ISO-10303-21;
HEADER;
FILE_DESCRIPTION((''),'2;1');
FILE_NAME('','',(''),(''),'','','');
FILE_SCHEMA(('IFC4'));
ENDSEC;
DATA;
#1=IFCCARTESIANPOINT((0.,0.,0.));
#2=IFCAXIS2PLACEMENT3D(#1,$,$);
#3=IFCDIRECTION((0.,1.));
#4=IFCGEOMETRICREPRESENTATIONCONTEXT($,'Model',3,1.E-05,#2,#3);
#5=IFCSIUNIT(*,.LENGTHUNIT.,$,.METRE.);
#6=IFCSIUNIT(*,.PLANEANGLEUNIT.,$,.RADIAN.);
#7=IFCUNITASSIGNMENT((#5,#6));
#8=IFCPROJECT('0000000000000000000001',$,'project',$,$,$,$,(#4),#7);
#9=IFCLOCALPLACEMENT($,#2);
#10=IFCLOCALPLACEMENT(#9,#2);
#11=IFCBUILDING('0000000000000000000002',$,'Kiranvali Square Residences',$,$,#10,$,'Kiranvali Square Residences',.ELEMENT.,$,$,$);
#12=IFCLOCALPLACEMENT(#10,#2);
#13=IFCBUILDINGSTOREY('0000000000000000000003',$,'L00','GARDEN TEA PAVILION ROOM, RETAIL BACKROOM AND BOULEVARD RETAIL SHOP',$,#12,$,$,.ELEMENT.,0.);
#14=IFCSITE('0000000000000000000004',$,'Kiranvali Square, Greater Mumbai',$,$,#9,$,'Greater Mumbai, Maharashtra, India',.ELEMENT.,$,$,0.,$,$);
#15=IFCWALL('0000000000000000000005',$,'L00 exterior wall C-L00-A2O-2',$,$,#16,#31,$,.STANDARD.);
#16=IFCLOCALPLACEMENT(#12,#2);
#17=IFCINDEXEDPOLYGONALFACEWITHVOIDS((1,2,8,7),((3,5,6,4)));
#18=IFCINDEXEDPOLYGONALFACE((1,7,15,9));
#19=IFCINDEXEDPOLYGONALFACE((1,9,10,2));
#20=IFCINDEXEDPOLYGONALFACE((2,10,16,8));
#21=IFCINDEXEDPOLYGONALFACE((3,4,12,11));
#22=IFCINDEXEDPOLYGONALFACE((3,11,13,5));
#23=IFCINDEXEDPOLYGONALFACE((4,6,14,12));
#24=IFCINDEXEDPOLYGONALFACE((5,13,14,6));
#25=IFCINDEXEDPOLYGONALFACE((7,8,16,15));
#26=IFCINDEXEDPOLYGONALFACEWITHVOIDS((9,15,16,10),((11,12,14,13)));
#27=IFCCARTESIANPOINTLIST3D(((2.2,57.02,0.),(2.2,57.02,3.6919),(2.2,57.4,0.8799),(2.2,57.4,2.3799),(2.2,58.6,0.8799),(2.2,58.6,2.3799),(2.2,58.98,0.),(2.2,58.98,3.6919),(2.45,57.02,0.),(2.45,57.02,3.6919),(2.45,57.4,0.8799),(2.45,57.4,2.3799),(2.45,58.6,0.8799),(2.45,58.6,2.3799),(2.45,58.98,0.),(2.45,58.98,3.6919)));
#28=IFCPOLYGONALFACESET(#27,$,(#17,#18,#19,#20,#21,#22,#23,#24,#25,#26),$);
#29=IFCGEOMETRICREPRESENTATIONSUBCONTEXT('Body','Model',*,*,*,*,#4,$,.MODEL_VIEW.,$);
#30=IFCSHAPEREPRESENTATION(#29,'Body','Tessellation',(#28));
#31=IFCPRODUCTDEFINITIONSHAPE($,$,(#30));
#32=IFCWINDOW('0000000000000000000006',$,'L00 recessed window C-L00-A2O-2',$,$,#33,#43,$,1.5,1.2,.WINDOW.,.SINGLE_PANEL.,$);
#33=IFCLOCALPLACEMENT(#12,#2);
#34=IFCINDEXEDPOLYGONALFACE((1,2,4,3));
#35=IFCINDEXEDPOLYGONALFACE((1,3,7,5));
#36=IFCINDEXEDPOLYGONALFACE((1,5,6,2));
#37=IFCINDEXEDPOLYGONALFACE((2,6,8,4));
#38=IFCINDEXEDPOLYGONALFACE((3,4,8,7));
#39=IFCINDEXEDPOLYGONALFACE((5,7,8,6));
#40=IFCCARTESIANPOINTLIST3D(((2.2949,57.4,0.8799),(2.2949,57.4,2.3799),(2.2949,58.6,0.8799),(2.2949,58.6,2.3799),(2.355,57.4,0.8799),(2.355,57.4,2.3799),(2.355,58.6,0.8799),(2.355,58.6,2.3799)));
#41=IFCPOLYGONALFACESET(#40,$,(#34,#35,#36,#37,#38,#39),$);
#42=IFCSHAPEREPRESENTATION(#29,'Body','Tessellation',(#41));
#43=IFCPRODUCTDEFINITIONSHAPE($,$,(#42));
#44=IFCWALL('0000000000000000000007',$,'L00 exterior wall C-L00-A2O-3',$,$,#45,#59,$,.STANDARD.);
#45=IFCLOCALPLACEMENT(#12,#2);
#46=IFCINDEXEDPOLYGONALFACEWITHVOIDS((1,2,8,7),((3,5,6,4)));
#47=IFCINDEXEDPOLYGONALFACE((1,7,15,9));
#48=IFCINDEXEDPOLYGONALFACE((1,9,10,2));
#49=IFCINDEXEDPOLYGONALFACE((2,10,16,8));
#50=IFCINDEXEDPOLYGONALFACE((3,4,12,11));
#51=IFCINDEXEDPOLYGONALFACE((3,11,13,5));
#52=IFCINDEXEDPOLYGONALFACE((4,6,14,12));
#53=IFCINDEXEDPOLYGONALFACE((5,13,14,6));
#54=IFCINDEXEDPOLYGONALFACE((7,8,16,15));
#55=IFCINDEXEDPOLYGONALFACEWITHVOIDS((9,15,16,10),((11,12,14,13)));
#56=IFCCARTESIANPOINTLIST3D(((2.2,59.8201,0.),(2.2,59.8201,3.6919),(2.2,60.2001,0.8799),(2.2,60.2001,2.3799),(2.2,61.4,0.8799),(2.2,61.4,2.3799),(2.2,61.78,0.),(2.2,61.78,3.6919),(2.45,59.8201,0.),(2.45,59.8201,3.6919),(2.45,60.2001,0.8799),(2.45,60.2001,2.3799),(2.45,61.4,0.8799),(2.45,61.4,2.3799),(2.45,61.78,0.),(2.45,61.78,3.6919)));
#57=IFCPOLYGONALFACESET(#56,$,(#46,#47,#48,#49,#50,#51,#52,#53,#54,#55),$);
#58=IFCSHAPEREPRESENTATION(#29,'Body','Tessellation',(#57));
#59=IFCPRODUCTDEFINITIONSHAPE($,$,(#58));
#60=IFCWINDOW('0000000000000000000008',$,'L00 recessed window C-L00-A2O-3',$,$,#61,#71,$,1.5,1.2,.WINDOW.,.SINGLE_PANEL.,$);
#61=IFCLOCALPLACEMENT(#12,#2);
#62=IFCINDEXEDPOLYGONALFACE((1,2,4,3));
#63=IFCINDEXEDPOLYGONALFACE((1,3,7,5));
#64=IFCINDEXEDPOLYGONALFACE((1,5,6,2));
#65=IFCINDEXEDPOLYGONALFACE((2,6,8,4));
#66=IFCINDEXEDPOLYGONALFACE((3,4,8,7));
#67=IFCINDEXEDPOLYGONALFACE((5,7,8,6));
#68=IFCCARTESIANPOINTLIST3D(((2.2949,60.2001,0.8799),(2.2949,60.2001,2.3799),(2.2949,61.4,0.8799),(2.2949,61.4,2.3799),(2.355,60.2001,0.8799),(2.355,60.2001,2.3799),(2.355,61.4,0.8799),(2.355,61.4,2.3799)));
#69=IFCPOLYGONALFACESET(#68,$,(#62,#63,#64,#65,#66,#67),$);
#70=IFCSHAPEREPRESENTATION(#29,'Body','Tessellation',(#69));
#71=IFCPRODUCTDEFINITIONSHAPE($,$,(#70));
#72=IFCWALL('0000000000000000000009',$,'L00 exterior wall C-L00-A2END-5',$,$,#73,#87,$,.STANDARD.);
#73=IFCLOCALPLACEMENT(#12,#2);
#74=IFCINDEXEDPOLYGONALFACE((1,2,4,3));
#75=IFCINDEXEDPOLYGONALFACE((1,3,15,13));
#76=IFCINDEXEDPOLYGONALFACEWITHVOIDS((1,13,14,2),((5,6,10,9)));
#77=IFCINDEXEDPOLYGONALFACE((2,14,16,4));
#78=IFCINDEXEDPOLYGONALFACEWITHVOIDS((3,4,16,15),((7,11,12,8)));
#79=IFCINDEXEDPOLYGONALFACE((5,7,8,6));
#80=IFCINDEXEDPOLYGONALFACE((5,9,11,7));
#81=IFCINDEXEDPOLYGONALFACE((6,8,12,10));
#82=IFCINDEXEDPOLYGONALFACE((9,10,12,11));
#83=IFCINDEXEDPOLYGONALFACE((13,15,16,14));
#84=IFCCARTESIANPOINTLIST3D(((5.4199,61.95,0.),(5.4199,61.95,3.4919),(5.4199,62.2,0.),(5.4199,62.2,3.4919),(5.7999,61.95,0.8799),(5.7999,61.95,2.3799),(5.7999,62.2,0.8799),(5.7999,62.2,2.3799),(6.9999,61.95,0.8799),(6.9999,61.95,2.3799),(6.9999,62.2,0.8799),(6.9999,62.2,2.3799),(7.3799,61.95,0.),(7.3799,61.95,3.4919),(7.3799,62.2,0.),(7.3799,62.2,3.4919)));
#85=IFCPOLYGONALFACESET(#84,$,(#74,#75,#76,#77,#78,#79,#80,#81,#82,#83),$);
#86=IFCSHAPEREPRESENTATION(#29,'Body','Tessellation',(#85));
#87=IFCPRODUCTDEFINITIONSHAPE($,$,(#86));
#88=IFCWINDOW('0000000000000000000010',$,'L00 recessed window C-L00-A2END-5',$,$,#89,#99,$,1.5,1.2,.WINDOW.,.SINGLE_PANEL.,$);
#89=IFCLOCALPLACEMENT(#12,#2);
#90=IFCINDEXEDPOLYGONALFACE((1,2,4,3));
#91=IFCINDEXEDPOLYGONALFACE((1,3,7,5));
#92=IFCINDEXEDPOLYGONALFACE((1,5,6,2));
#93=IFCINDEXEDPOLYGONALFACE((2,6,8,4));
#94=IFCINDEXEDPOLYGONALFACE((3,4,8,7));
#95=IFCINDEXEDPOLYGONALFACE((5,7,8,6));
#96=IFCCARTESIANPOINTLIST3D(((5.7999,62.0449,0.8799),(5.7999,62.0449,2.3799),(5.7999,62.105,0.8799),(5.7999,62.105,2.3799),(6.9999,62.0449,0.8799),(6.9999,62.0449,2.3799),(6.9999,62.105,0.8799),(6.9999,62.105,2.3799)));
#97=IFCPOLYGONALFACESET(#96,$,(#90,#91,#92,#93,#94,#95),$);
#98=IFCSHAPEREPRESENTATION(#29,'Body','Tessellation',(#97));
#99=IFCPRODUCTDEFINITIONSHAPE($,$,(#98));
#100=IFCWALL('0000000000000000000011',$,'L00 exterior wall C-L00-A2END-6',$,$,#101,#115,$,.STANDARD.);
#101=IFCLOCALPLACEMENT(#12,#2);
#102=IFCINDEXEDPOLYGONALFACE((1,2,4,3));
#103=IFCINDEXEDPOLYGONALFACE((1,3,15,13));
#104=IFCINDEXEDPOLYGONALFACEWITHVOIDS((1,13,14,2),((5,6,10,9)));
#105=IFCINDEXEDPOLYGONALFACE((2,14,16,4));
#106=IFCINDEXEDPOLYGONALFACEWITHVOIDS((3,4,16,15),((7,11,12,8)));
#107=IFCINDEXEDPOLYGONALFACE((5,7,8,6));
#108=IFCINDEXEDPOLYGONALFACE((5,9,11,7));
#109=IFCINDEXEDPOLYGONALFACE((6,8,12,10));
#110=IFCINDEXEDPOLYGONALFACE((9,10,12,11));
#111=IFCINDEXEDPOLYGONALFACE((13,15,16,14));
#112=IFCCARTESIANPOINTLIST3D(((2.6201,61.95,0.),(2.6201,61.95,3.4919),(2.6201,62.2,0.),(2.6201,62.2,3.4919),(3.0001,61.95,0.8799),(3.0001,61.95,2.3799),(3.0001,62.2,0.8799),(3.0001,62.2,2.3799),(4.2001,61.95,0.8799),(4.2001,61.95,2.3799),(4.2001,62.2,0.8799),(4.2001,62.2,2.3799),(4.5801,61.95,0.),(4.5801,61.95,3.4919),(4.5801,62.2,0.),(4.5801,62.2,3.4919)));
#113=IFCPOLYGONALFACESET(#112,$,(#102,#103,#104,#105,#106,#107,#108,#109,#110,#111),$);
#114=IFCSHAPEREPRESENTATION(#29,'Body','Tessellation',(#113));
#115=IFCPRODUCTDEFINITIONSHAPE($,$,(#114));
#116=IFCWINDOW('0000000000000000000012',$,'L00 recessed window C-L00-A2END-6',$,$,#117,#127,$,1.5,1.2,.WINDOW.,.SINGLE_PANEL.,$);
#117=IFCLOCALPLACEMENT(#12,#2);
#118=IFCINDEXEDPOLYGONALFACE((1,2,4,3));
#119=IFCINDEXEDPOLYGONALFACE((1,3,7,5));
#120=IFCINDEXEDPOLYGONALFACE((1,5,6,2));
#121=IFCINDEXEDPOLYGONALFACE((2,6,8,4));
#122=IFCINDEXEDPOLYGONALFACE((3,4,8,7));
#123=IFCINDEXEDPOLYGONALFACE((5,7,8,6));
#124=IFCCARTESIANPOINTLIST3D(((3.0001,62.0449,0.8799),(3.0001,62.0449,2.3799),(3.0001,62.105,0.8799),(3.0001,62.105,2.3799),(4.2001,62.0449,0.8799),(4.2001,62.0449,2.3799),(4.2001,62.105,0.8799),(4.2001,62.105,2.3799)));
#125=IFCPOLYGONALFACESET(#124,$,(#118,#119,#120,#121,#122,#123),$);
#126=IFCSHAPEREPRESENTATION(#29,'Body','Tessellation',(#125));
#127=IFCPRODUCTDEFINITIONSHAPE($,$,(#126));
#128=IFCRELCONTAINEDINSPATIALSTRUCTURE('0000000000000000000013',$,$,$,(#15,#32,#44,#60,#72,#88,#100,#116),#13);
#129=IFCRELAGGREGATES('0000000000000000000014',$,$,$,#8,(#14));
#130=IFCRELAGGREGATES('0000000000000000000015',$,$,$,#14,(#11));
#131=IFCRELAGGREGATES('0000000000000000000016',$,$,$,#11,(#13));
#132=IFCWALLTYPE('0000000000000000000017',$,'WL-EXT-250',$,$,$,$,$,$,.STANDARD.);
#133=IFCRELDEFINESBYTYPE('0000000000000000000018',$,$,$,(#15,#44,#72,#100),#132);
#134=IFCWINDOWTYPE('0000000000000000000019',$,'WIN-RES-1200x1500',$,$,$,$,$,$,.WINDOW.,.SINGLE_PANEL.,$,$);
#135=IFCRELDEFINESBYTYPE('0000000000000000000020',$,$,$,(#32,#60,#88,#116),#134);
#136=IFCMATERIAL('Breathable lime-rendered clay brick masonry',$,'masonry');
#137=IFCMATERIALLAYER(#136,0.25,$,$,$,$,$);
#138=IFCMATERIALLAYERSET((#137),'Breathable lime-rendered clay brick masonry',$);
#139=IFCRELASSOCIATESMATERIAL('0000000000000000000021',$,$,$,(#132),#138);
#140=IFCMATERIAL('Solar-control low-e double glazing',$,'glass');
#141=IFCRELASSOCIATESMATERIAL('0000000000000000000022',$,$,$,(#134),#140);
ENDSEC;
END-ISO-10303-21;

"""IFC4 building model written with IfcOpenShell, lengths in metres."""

from ifc_helpers import new_model, si_unit, direction, frame, frame_2d, origin, place, context, subcontext, project, spatial, rectangle, extrude, material, layer, layer_set, type_object, element, fill, save


model = new_model("IFC4")

# Units and contexts
model_context = context("Model", 3, precision=1e-05, world=origin(), true_north=direction((0.0, 1.0)))
body_context = subcontext(model_context, "Body", "Model", "MODEL_VIEW")
ifc_project = project(units=[si_unit("LENGTHUNIT", "METRE"), si_unit("PLANEANGLEUNIT", "RADIAN")], contexts=[model_context])

# Site, building, storey
site_placement = place(None, origin())
site = spatial("IfcSite", under=ifc_project, at=site_placement, Name="Kiranvali Square, Greater Mumbai", LongName="Greater Mumbai, Maharashtra, India", CompositionType="ELEMENT", RefElevation=0.0)
building_placement = place(site_placement, origin())
building = spatial("IfcBuilding", under=site, at=building_placement, Name="Kiranvali Square Residences", LongName="Kiranvali Square Residences", CompositionType="ELEMENT")
storey_placement = place(building_placement, origin())
storey = spatial("IfcBuildingStorey", under=building, at=storey_placement, Name="L00", Description="GARDEN TEA PAVILION ROOM, RETAIL BACKROOM AND BOULEVARD RETAIL SHOP", CompositionType="ELEMENT", Elevation=0.0)

# Walls, openings, windows
ifc_material_1 = material(Name="Breathable lime-rendered clay brick masonry", Category="masonry")
ifc_layer = layer(ifc_material_1, 0.25)
ifc_layer_set = layer_set([ifc_layer], Name="Breathable lime-rendered clay brick masonry")
wall_type = type_object("IfcWallType", Name="WL-EXT-250", PredefinedType="STANDARD", material=ifc_layer_set)
wall_1_placement = place(storey_placement, frame((2.325, 57.02, 0.0), z_axis=(0.0, 0.0, 1.0), x_axis=(0.0, 1.0, 0.0)))
wall_1 = element("IfcWall", 1, at=wall_1_placement, inside=storey, type_object=wall_type, Name="L00 exterior wall C-L00-A2O-2", PredefinedType="STANDARD", context=body_context, shape_type="SweptSolid", body=[
    extrude(rectangle(XDim=1.96, YDim=0.25, at=frame_2d((0.98, 0.0))), origin(), (0.0, 0.0, 1.0), 3.6919),
])
opening_1_placement = place(wall_1_placement, frame((0.3799, 0.0, 0.8799)))
opening_1 = element("IfcOpeningElement", 2, at=opening_1_placement, cuts=wall_1, PredefinedType="OPENING", context=body_context, shape_type="SweptSolid", body=[
    extrude(rectangle(XDim=1.2, YDim=1.5, at=frame_2d((0.6001, 0.75))), frame((0.0, 0.135, 0.0), z_axis=(0.0, -1.0, 0.0), x_axis=(1.0, 0.0, 0.0)), (0.0, 0.0, 1.0), 0.27),
])
ifc_material_2 = material(Name="Solar-control low-e double glazing", Category="glass")
window_type = type_object("IfcWindowType", Name="WIN-RES-1200x1500", PartitioningType="SINGLE_PANEL", PredefinedType="WINDOW", material=ifc_material_2)
window_1_placement = place(opening_1_placement, origin())
window_1 = element("IfcWindow", 3, at=window_1_placement, inside=storey, type_object=window_type, Name="L00 recessed window C-L00-A2O-2", OverallHeight=1.5, OverallWidth=1.2, PartitioningType="SINGLE_PANEL", PredefinedType="WINDOW", context=body_context, shape_type="SweptSolid", body=[
    extrude(rectangle(XDim=1.2, YDim=1.5, at=frame_2d((0.6001, 0.75))), frame((0.0, 0.03, 0.0), z_axis=(0.0, -1.0, 0.0), x_axis=(1.0, 0.0, 0.0)), (0.0, 0.0, 1.0), 0.0601),
])
fill(opening_1, window_1)
wall_2_placement = place(storey_placement, frame((2.325, 59.8201, 0.0), z_axis=(0.0, 0.0, 1.0), x_axis=(0.0, 1.0, 0.0)))
wall_2 = element("IfcWall", 4, at=wall_2_placement, inside=storey, type_object=wall_type, Name="L00 exterior wall C-L00-A2O-3", PredefinedType="STANDARD", context=body_context, shape_type="SweptSolid", body=[
    extrude(rectangle(XDim=1.96, YDim=0.25, at=frame_2d((0.98, 0.0))), origin(), (0.0, 0.0, 1.0), 3.6919),
])
opening_2_placement = place(wall_2_placement, frame((0.3799, 0.0, 0.8799)))
opening_2 = element("IfcOpeningElement", 5, at=opening_2_placement, cuts=wall_2, PredefinedType="OPENING", context=body_context, shape_type="SweptSolid", body=[
    extrude(rectangle(XDim=1.2, YDim=1.5, at=frame_2d((0.6001, 0.75))), frame((0.0, 0.135, 0.0), z_axis=(0.0, -1.0, 0.0), x_axis=(1.0, 0.0, 0.0)), (0.0, 0.0, 1.0), 0.27),
])
window_2_placement = place(opening_2_placement, origin())
window_2 = element("IfcWindow", 6, at=window_2_placement, inside=storey, type_object=window_type, Name="L00 recessed window C-L00-A2O-3", OverallHeight=1.5, OverallWidth=1.2, PartitioningType="SINGLE_PANEL", PredefinedType="WINDOW", context=body_context, shape_type="SweptSolid", body=[
    extrude(rectangle(XDim=1.2, YDim=1.5, at=frame_2d((0.6001, 0.75))), frame((0.0, 0.03, 0.0), z_axis=(0.0, -1.0, 0.0), x_axis=(1.0, 0.0, 0.0)), (0.0, 0.0, 1.0), 0.0601),
])
fill(opening_2, window_2)
wall_3_placement = place(storey_placement, frame((7.3799, 62.075, 0.0), z_axis=(0.0, 0.0, 1.0), x_axis=(-1.0, 0.0, 0.0)))
wall_3 = element("IfcWall", 7, at=wall_3_placement, inside=storey, type_object=wall_type, Name="L00 exterior wall C-L00-A2END-5", PredefinedType="STANDARD", context=body_context, shape_type="SweptSolid", body=[
    extrude(rectangle(XDim=1.96, YDim=0.25, at=frame_2d((0.98, 0.0))), origin(), (0.0, 0.0, 1.0), 3.4919),
])
opening_3_placement = place(wall_3_placement, frame((0.3799, 0.0, 0.8799)))
opening_3 = element("IfcOpeningElement", 8, at=opening_3_placement, cuts=wall_3, PredefinedType="OPENING", context=body_context, shape_type="SweptSolid", body=[
    extrude(rectangle(XDim=1.2, YDim=1.5, at=frame_2d((0.6001, 0.75))), frame((0.0, 0.135, 0.0), z_axis=(0.0, -1.0, 0.0), x_axis=(1.0, 0.0, 0.0)), (0.0, 0.0, 1.0), 0.27),
])
window_3_placement = place(opening_3_placement, origin())
window_3 = element("IfcWindow", 9, at=window_3_placement, inside=storey, type_object=window_type, Name="L00 recessed window C-L00-A2END-5", OverallHeight=1.5, OverallWidth=1.2, PartitioningType="SINGLE_PANEL", PredefinedType="WINDOW", context=body_context, shape_type="SweptSolid", body=[
    extrude(rectangle(XDim=1.2, YDim=1.5, at=frame_2d((0.6001, 0.75))), frame((0.0, 0.03, 0.0), z_axis=(0.0, -1.0, 0.0), x_axis=(1.0, 0.0, 0.0)), (0.0, 0.0, 1.0), 0.0601),
])
fill(opening_3, window_3)
wall_4_placement = place(storey_placement, frame((4.5801, 62.075, 0.0), z_axis=(0.0, 0.0, 1.0), x_axis=(-1.0, 0.0, 0.0)))
wall_4 = element("IfcWall", 10, at=wall_4_placement, inside=storey, type_object=wall_type, Name="L00 exterior wall C-L00-A2END-6", PredefinedType="STANDARD", context=body_context, shape_type="SweptSolid", body=[
    extrude(rectangle(XDim=1.96, YDim=0.25, at=frame_2d((0.98, 0.0))), origin(), (0.0, 0.0, 1.0), 3.4919),
])
opening_4_placement = place(wall_4_placement, frame((0.3799, 0.0, 0.8799)))
opening_4 = element("IfcOpeningElement", 11, at=opening_4_placement, cuts=wall_4, PredefinedType="OPENING", context=body_context, shape_type="SweptSolid", body=[
    extrude(rectangle(XDim=1.2, YDim=1.5, at=frame_2d((0.6001, 0.75))), frame((0.0, 0.135, 0.0), z_axis=(0.0, -1.0, 0.0), x_axis=(1.0, 0.0, 0.0)), (0.0, 0.0, 1.0), 0.27),
])
window_4_placement = place(opening_4_placement, origin())
window_4 = element("IfcWindow", 12, at=window_4_placement, inside=storey, type_object=window_type, Name="L00 recessed window C-L00-A2END-6", OverallHeight=1.5, OverallWidth=1.2, PartitioningType="SINGLE_PANEL", PredefinedType="WINDOW", context=body_context, shape_type="SweptSolid", body=[
    extrude(rectangle(XDim=1.2, YDim=1.5, at=frame_2d((0.6001, 0.75))), frame((0.0, 0.03, 0.0), z_axis=(0.0, -1.0, 0.0), x_axis=(1.0, 0.0, 0.0)), (0.0, 0.0, 1.0), 0.0601),
])
fill(opening_4, window_4)

save(model, "model.ifc")
